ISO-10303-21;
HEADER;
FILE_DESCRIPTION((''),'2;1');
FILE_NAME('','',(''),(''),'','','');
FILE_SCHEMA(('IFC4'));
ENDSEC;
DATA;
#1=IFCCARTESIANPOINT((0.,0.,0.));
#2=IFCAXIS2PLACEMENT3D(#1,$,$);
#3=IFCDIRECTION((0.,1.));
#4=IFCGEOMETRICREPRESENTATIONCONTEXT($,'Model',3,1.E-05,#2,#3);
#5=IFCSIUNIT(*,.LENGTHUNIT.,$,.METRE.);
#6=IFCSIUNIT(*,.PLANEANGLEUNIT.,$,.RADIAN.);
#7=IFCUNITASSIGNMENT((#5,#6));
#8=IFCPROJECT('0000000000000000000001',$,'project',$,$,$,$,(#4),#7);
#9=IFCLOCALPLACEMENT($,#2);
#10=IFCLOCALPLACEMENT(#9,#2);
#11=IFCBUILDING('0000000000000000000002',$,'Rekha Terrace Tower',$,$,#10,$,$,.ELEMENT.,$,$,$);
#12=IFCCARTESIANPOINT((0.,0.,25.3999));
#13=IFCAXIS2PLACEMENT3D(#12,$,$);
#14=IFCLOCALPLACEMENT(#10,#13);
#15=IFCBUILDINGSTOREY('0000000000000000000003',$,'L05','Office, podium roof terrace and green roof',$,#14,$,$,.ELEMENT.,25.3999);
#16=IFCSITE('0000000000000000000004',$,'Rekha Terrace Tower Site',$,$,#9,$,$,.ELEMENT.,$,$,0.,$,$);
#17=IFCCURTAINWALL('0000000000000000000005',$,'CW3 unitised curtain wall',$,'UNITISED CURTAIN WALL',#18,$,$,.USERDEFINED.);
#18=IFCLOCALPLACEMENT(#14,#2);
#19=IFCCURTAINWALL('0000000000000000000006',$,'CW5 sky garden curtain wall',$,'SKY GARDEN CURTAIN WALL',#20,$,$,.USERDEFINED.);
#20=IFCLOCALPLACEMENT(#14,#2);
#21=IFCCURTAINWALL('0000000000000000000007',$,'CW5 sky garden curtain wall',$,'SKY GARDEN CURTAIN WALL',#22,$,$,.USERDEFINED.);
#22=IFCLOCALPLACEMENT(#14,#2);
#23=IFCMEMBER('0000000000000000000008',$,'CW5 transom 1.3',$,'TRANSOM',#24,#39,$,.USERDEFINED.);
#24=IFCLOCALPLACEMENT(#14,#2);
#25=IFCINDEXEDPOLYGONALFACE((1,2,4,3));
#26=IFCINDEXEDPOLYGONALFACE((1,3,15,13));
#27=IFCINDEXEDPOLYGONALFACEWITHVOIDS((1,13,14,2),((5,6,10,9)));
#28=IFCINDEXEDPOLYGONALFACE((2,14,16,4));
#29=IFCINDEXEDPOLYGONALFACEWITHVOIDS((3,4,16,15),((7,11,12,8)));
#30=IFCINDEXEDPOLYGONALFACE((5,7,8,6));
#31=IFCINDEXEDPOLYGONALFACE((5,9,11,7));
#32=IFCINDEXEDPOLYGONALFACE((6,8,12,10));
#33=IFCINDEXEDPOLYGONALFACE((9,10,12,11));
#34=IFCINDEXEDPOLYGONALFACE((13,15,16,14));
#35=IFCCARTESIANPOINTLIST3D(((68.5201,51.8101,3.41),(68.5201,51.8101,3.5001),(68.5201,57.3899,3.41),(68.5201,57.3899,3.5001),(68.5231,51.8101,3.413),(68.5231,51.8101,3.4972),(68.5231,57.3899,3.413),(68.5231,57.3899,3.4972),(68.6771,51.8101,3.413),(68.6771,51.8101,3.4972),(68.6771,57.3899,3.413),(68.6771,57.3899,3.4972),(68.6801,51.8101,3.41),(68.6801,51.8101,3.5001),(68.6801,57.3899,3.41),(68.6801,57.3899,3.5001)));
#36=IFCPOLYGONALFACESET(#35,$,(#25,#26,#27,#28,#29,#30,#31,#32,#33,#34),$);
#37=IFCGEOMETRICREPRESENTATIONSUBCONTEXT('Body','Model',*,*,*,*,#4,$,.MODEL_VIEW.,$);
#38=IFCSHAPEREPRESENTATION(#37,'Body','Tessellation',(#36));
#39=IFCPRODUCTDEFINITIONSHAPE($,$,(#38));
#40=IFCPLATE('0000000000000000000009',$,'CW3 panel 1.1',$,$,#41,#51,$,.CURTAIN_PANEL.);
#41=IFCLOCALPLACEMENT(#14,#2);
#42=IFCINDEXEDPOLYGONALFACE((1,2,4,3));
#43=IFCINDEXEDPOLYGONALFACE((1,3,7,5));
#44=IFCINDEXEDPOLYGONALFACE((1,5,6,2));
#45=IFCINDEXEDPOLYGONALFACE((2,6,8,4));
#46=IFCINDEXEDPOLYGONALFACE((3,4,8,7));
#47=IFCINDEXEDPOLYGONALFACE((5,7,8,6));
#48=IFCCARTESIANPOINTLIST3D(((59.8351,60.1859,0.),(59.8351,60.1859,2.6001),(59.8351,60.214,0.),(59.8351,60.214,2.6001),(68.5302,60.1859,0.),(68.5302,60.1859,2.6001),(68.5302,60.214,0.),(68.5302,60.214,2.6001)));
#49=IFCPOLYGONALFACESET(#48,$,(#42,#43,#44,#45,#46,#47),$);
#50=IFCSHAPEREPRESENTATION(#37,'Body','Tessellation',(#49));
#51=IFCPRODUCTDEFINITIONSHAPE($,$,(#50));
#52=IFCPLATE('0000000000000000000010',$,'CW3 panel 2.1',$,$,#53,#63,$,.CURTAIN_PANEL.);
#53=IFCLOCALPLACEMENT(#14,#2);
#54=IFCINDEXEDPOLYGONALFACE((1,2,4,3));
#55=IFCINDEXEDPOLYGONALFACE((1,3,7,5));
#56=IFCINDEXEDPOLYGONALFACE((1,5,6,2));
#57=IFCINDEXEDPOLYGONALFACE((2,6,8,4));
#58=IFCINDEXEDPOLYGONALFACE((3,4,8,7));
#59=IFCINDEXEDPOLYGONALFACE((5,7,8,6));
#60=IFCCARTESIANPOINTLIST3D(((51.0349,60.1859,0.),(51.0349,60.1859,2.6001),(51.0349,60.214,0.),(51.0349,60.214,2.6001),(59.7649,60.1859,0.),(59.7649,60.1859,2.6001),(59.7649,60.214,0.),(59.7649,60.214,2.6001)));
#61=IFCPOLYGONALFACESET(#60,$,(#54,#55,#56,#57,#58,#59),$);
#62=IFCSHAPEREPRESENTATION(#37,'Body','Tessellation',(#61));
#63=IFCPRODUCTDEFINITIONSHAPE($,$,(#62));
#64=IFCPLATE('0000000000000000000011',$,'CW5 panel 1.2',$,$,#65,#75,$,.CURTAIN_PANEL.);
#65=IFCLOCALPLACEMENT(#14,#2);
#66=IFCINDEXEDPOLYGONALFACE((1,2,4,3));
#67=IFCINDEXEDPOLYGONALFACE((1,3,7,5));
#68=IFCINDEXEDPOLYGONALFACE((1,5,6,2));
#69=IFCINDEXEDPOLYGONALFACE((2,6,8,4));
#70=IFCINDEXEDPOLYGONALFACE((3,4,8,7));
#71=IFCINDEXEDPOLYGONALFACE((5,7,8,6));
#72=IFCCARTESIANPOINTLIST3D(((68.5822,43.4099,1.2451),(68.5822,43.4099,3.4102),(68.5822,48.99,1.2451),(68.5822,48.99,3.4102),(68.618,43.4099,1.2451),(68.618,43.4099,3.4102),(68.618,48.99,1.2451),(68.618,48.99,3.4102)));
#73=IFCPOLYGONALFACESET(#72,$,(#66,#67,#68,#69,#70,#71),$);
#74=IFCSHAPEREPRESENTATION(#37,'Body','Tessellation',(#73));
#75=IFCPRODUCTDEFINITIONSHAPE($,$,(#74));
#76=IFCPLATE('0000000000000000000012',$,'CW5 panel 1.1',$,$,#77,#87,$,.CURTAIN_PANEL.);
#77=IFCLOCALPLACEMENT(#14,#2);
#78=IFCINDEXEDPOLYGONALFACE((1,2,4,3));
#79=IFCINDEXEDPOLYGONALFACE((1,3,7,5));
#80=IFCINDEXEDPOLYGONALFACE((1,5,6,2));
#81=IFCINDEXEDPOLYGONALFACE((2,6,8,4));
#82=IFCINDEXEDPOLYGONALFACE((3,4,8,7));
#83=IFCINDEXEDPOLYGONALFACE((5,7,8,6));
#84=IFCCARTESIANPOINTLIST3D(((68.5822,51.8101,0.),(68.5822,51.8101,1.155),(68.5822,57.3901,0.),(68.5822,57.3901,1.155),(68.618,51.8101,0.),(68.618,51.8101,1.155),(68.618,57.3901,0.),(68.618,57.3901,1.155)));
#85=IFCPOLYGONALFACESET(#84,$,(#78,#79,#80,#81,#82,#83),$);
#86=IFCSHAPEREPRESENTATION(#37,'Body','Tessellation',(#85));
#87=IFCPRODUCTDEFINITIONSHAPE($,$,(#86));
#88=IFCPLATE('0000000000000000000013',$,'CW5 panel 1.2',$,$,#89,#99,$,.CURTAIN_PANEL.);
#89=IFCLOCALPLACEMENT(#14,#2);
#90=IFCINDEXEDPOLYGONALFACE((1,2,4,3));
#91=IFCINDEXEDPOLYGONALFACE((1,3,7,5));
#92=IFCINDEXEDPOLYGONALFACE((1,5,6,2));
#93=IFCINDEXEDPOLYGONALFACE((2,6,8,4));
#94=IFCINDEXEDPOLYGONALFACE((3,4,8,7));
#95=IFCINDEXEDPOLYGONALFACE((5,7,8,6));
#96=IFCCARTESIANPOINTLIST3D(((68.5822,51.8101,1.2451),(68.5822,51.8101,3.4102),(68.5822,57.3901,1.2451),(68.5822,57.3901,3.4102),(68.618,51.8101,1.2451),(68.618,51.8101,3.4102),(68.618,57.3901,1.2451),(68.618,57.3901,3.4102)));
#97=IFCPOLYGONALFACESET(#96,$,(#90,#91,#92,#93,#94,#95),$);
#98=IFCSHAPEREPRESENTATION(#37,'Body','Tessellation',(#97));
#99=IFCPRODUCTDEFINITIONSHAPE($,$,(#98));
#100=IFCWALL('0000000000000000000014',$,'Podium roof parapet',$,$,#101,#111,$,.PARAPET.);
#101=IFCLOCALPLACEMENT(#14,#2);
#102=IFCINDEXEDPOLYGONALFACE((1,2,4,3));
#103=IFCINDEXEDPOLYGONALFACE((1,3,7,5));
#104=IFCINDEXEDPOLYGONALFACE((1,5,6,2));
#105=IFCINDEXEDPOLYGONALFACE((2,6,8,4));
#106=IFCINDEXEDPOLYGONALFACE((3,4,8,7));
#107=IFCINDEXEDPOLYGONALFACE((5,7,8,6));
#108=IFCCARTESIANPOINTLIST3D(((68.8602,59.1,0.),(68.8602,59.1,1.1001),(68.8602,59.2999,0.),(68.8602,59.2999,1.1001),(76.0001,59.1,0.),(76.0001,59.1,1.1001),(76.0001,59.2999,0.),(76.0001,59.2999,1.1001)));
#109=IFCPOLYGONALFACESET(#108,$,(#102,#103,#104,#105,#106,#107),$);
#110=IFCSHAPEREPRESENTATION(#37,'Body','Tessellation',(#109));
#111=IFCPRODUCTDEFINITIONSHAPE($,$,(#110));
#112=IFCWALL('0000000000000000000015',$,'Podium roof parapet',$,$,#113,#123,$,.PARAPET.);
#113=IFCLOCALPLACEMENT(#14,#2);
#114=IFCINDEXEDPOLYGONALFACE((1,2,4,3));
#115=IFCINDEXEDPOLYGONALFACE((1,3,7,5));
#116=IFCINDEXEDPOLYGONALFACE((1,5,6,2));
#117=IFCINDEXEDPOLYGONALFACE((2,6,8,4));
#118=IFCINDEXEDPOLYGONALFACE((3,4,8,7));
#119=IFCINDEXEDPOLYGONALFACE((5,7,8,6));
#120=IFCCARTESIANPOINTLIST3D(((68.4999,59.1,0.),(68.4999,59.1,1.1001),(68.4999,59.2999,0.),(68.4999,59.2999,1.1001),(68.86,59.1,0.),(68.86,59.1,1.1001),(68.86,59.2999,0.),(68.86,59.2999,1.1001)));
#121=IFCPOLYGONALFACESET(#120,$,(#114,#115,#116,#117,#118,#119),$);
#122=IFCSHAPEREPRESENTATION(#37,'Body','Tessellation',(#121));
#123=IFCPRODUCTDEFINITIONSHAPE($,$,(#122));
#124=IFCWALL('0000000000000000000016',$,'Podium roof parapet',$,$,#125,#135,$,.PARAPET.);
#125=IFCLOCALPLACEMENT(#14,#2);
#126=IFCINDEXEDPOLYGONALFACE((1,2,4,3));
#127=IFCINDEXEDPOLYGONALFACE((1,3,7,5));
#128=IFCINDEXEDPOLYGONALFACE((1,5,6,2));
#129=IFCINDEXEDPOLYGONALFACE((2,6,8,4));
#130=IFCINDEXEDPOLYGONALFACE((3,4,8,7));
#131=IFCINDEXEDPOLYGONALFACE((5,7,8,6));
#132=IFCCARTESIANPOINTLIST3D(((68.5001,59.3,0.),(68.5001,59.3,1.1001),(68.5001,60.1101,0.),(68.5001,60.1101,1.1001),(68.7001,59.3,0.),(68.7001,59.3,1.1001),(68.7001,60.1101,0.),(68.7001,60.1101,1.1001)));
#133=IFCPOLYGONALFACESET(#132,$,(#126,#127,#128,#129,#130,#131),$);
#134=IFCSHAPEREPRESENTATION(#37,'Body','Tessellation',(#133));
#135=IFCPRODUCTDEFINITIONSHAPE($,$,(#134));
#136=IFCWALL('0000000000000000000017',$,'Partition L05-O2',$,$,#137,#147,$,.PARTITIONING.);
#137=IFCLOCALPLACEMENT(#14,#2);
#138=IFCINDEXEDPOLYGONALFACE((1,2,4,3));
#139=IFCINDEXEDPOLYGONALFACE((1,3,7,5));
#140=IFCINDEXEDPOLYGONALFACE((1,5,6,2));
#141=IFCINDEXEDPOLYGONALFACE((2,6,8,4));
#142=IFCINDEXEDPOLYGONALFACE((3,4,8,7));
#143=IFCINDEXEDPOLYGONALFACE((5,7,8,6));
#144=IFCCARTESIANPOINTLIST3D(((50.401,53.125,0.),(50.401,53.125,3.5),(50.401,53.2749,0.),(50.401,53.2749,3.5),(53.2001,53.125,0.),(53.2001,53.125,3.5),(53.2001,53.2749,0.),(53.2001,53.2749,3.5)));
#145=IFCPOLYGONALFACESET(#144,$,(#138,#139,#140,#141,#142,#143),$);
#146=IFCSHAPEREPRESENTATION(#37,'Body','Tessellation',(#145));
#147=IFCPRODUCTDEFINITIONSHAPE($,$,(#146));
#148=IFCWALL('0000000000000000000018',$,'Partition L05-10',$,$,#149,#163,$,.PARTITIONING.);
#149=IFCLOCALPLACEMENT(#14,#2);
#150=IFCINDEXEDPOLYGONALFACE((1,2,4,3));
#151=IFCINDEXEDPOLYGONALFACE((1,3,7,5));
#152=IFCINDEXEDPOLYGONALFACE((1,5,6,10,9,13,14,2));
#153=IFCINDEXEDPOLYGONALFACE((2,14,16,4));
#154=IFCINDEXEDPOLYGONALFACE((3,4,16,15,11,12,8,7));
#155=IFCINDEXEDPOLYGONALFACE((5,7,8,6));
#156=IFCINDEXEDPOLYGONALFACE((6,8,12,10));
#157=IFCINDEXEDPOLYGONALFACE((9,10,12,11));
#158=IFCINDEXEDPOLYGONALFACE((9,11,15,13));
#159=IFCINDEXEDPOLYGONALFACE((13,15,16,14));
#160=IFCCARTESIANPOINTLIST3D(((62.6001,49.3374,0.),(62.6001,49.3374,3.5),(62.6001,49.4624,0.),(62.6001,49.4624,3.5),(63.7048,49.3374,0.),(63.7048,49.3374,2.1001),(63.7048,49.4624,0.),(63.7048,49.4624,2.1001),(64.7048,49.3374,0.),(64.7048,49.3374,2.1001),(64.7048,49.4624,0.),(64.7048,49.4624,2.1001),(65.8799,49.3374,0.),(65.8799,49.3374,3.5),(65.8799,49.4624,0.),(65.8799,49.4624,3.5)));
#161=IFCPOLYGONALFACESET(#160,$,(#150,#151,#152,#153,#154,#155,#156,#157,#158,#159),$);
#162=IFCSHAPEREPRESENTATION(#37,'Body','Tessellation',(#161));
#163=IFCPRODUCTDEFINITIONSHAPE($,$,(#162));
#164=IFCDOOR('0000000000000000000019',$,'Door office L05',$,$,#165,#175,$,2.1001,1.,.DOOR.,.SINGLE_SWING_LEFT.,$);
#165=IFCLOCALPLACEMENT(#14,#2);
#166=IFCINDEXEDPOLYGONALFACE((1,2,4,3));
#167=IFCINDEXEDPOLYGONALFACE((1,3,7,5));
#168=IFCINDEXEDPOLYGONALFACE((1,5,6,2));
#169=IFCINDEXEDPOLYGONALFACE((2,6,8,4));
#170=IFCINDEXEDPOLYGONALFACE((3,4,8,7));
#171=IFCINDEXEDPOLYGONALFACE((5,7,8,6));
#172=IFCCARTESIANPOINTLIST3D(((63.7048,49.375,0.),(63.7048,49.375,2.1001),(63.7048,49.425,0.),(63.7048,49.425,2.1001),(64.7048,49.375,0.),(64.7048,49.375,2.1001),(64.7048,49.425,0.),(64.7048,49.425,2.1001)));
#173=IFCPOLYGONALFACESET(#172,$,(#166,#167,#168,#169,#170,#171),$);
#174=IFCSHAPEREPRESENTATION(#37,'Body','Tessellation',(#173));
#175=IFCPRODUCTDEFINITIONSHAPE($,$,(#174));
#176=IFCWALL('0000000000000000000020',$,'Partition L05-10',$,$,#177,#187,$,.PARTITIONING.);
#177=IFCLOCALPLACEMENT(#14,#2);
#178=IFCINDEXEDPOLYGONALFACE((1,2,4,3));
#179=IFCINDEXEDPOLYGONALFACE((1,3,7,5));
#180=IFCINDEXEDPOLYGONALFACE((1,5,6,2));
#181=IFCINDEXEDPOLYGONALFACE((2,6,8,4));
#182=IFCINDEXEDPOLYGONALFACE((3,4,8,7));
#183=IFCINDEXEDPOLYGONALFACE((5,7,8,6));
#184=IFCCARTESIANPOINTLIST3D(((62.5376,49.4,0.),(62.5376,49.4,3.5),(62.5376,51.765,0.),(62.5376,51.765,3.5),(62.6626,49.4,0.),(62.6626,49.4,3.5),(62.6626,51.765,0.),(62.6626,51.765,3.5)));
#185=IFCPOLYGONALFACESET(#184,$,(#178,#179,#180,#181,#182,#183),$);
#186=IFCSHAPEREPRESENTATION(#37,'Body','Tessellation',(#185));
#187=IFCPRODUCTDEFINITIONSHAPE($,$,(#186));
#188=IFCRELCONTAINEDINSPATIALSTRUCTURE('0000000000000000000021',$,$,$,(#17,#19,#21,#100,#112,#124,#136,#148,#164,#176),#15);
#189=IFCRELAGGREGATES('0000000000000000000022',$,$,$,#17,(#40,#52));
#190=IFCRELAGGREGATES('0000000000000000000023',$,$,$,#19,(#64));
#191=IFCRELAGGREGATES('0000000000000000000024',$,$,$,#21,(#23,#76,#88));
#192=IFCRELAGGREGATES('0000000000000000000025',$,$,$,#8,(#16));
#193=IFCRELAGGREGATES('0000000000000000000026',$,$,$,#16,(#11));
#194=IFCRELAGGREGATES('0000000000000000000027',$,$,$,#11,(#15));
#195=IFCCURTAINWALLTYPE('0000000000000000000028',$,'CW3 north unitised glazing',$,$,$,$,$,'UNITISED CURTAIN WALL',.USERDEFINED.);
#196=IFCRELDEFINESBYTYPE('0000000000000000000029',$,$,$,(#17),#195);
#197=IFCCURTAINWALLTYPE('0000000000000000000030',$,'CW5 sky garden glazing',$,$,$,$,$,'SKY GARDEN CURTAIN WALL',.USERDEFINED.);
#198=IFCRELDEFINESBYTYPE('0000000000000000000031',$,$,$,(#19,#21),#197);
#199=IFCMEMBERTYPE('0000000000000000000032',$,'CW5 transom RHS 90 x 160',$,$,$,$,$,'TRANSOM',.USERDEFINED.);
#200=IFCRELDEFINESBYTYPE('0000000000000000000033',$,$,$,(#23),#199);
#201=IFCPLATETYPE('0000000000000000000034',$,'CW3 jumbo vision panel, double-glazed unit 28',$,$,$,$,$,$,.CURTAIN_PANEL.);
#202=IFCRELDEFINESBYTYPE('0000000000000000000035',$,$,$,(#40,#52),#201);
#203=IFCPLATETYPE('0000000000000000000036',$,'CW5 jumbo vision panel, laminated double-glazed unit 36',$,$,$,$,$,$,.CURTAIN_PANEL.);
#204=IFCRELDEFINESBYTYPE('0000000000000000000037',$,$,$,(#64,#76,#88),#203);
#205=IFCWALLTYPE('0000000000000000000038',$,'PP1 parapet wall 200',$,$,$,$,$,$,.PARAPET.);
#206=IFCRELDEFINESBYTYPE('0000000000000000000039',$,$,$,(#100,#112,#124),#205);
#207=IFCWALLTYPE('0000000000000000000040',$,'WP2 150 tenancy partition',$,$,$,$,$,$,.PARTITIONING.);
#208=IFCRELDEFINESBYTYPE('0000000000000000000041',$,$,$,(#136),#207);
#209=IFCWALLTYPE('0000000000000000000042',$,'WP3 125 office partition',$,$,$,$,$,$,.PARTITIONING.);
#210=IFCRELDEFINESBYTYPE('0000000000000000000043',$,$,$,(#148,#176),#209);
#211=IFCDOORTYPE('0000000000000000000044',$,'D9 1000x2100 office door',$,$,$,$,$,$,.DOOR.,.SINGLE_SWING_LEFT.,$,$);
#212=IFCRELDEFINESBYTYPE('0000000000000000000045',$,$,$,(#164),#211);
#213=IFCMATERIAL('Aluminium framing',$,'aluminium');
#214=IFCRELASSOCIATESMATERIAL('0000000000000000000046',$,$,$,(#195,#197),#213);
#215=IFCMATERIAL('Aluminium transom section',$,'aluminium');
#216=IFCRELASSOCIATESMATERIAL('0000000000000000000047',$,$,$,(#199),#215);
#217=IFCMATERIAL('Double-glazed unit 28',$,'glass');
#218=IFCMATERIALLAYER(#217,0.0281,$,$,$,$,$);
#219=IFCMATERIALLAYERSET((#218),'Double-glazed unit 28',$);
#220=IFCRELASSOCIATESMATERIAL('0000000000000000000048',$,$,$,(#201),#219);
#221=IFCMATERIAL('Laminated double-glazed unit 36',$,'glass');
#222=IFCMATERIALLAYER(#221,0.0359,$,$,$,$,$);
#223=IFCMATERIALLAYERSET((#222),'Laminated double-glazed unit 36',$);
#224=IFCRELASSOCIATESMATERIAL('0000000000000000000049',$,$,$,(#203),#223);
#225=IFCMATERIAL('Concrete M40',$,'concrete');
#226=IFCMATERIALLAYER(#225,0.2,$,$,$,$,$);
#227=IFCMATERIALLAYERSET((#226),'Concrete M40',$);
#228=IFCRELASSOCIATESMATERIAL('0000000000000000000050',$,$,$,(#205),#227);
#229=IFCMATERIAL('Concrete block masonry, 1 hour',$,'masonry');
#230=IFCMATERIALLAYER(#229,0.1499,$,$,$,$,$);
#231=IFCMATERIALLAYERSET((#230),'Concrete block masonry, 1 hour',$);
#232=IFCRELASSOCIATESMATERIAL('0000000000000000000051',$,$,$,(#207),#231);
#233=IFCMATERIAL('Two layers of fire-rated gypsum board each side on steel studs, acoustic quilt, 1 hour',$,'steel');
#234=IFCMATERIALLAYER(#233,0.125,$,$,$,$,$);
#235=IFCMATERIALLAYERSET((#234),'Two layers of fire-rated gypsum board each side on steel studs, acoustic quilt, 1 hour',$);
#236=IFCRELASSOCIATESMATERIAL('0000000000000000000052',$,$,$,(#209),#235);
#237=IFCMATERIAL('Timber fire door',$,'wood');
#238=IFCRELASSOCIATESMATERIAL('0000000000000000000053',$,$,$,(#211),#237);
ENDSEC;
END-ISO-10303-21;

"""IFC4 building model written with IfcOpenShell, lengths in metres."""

from ifc_helpers import new_model, si_unit, direction, frame, frame_2d, origin, origin_2d, place, context, subcontext, project, spatial, rectangle, hollow_rectangle, extrude, material, layer, layer_set, material_profile, profile_set, type_object, element, fill, aggregate, save


model = new_model("IFC4")

# Units and contexts
model_context = context("Model", 3, precision=1e-05, world=origin(), true_north=direction((0.0, 1.0)))
body_context = subcontext(model_context, "Body", "Model", "MODEL_VIEW")
ifc_project = project(units=[si_unit("LENGTHUNIT", "METRE"), si_unit("PLANEANGLEUNIT", "RADIAN")], contexts=[model_context])

# Site, building, storey
site_placement = place(None, origin())
site = spatial("IfcSite", under=ifc_project, at=site_placement, Name="Rekha Terrace Tower Site", CompositionType="ELEMENT", RefElevation=0.0)
building_placement = place(site_placement, origin())
building = spatial("IfcBuilding", under=site, at=building_placement, Name="Rekha Terrace Tower", CompositionType="ELEMENT")
storey_placement = place(building_placement, frame((0.0, 0.0, 25.3999)))
storey = spatial("IfcBuildingStorey", under=building, at=storey_placement, Name="L05", Description="Office, podium roof terrace and green roof", CompositionType="ELEMENT", Elevation=25.3999)

# Curtain wall
ifc_material_1 = material(Name="Aluminium framing", Category="aluminium")
curtain_wall_type_1 = type_object("IfcCurtainWallType", Name="CW3 north unitised glazing", ElementType="UNITISED CURTAIN WALL", PredefinedType="USERDEFINED", material=ifc_material_1)
curtain_wall_1_placement = place(storey_placement, origin())
curtain_wall_1 = element("IfcCurtainWall", 1, at=curtain_wall_1_placement, inside=storey, type_object=curtain_wall_type_1, Name="CW3 unitised curtain wall", ObjectType="UNITISED CURTAIN WALL", PredefinedType="USERDEFINED")

# Curtain wall
curtain_wall_type_2 = type_object("IfcCurtainWallType", Name="CW5 sky garden glazing", ElementType="SKY GARDEN CURTAIN WALL", PredefinedType="USERDEFINED", material=ifc_material_1)
curtain_wall_2_placement = place(storey_placement, origin())
curtain_wall_2 = element("IfcCurtainWall", 2, at=curtain_wall_2_placement, inside=storey, type_object=curtain_wall_type_2, Name="CW5 sky garden curtain wall", ObjectType="SKY GARDEN CURTAIN WALL", PredefinedType="USERDEFINED")

# Curtain wall, member
curtain_wall_3_placement = place(storey_placement, origin())
curtain_wall_3 = element("IfcCurtainWall", 3, at=curtain_wall_3_placement, inside=storey, type_object=curtain_wall_type_2, Name="CW5 sky garden curtain wall", ObjectType="SKY GARDEN CURTAIN WALL", PredefinedType="USERDEFINED")
ifc_material_2 = material(Name="Aluminium transom section", Category="aluminium")
ifc_material_profile_1 = material_profile(ifc_material_2, hollow_rectangle(XDim=0.1599, YDim=0.0901, WallThickness=0.0029, at=origin_2d()), Name="AL RHS 160x90")
ifc_profile_set_1 = profile_set([ifc_material_profile_1], Name="Aluminium transom section")
member_type_1 = type_object("IfcMemberType", Name="CW5 transom RHS 90 x 160", ElementType="TRANSOM", PredefinedType="USERDEFINED", material=ifc_profile_set_1)
member_1_placement = place(storey_placement, frame((68.6001, 51.8101, 3.4551), z_axis=(0.0, 1.0, 0.0), x_axis=(-1.0, 0.0, 0.0)))
member_1 = element("IfcMember", 4, at=member_1_placement, type_object=member_type_1, Name="CW5 transom 1.3", ObjectType="TRANSOM", PredefinedType="USERDEFINED", context=body_context, shape_type="SweptSolid", body=[
    extrude(hollow_rectangle(XDim=0.1599, YDim=0.0901, WallThickness=0.0029, at=origin_2d()), origin(), (0.0, 0.0, 1.0), 5.5798),
])

# Plates
ifc_material_3 = material(Name="Double-glazed unit 28", Category="glass")
ifc_layer_1 = layer(ifc_material_3, 0.0281)
ifc_layer_set_1 = layer_set([ifc_layer_1], Name="Double-glazed unit 28")
plate_type_1 = type_object("IfcPlateType", Name="CW3 jumbo vision panel, double-glazed unit 28", PredefinedType="CURTAIN_PANEL", material=ifc_layer_set_1)
plate_1_placement = place(storey_placement, frame((64.1826, 60.2, 0.0), z_axis=(0.0, 0.0, 1.0), x_axis=(-1.0, 0.0, 0.0)))
plate_1 = element("IfcPlate", 5, at=plate_1_placement, type_object=plate_type_1, Name="CW3 panel 1.1", PredefinedType="CURTAIN_PANEL", context=body_context, shape_type="SweptSolid", body=[
    extrude(rectangle(XDim=8.6951, YDim=0.0281, at=origin_2d()), origin(), (0.0, 0.0, 1.0), 2.6001),
])
plate_2_placement = place(storey_placement, frame((55.3999, 60.2, 0.0), z_axis=(0.0, 0.0, 1.0), x_axis=(-1.0, 0.0, 0.0)))
plate_2 = element("IfcPlate", 6, at=plate_2_placement, type_object=plate_type_1, Name="CW3 panel 2.1", PredefinedType="CURTAIN_PANEL", context=body_context, shape_type="SweptSolid", body=[
    extrude(rectangle(XDim=8.73, YDim=0.0281, at=origin_2d()), origin(), (0.0, 0.0, 1.0), 2.6001),
])
aggregate(curtain_wall_1, [plate_1, plate_2])
ifc_material_4 = material(Name="Laminated double-glazed unit 36", Category="glass")
ifc_layer_2 = layer(ifc_material_4, 0.0359)
ifc_layer_set_2 = layer_set([ifc_layer_2], Name="Laminated double-glazed unit 36")
plate_type_2 = type_object("IfcPlateType", Name="CW5 jumbo vision panel, laminated double-glazed unit 36", PredefinedType="CURTAIN_PANEL", material=ifc_layer_set_2)
plate_3_placement = place(storey_placement, frame((68.6001, 46.2, 1.2451), z_axis=(0.0, 0.0, 1.0), x_axis=(0.0, 1.0, 0.0)))
plate_3 = element("IfcPlate", 7, at=plate_3_placement, type_object=plate_type_2, Name="CW5 panel 1.2", PredefinedType="CURTAIN_PANEL", context=body_context, shape_type="SweptSolid", body=[
    extrude(rectangle(XDim=5.5801, YDim=0.0359, at=origin_2d()), origin(), (0.0, 0.0, 1.0), 2.165),
])
aggregate(curtain_wall_2, [plate_3])
plate_4_placement = place(storey_placement, frame((68.6001, 54.6001, 0.0), z_axis=(0.0, 0.0, 1.0), x_axis=(0.0, 1.0, 0.0)))
plate_4 = element("IfcPlate", 8, at=plate_4_placement, type_object=plate_type_2, Name="CW5 panel 1.1", PredefinedType="CURTAIN_PANEL", context=body_context, shape_type="SweptSolid", body=[
    extrude(rectangle(XDim=5.5801, YDim=0.0359, at=origin_2d()), origin(), (0.0, 0.0, 1.0), 1.155),
])
plate_5_placement = place(storey_placement, frame((68.6001, 54.6001, 1.2451), z_axis=(0.0, 0.0, 1.0), x_axis=(0.0, 1.0, 0.0)))
plate_5 = element("IfcPlate", 9, at=plate_5_placement, type_object=plate_type_2, Name="CW5 panel 1.2", PredefinedType="CURTAIN_PANEL", context=body_context, shape_type="SweptSolid", body=[
    extrude(rectangle(XDim=5.5801, YDim=0.0359, at=origin_2d()), origin(), (0.0, 0.0, 1.0), 2.165),
])
aggregate(curtain_wall_3, [member_1, plate_4, plate_5])

# Walls
ifc_material_5 = material(Name="Concrete M40", Category="concrete")
ifc_layer_3 = layer(ifc_material_5, 0.2)
ifc_layer_set_3 = layer_set([ifc_layer_3], Name="Concrete M40")
wall_type_1 = type_object("IfcWallType", Name="PP1 parapet wall 200", PredefinedType="PARAPET", material=ifc_layer_set_3)
wall_1_placement = place(storey_placement, frame((76.0, 59.2, 0.0), z_axis=(0.0, 0.0, 1.0), x_axis=(-1.0, 0.0, 0.0)))
element("IfcWall", 10, at=wall_1_placement, inside=storey, type_object=wall_type_1, Name="Podium roof parapet", PredefinedType="PARAPET", context=body_context, shape_type="SweptSolid", body=[
    extrude(rectangle(XDim=7.1399, YDim=0.2, at=frame_2d((3.5698, 0.0))), origin(), (0.0, 0.0, 1.0), 1.1001),
])
wall_2_placement = place(storey_placement, frame((68.8601, 59.2, 0.0), z_axis=(0.0, 0.0, 1.0), x_axis=(-1.0, 0.0, 0.0)))
element("IfcWall", 11, at=wall_2_placement, inside=storey, type_object=wall_type_1, Name="Podium roof parapet", PredefinedType="PARAPET", context=body_context, shape_type="SweptSolid", body=[
    extrude(rectangle(XDim=0.3601, YDim=0.2, at=frame_2d((0.1802, 0.0))), origin(), (0.0, 0.0, 1.0), 1.1001),
])
wall_3_placement = place(storey_placement, frame((68.6001, 59.3, 0.0), z_axis=(0.0, 0.0, 1.0), x_axis=(0.0, 1.0, 0.0)))
element("IfcWall", 12, at=wall_3_placement, inside=storey, type_object=wall_type_1, Name="Podium roof parapet", PredefinedType="PARAPET", context=body_context, shape_type="SweptSolid", body=[
    extrude(rectangle(XDim=0.8101, YDim=0.2, at=frame_2d((0.405, 0.0))), origin(), (0.0, 0.0, 1.0), 1.1001),
])
ifc_material_6 = material(Name="Concrete block masonry, 1 hour", Category="masonry")
ifc_layer_4 = layer(ifc_material_6, 0.1499)
ifc_layer_set_4 = layer_set([ifc_layer_4], Name="Concrete block masonry, 1 hour")
wall_type_2 = type_object("IfcWallType", Name="WP2 150 tenancy partition", PredefinedType="PARTITIONING", material=ifc_layer_set_4)
wall_4_placement = place(storey_placement, frame((53.2, 53.2, 0.0), z_axis=(0.0, 0.0, 1.0), x_axis=(-1.0, 0.0, 0.0)))
element("IfcWall", 13, at=wall_4_placement, inside=storey, type_object=wall_type_2, Name="Partition L05-O2", PredefinedType="PARTITIONING", context=body_context, shape_type="SweptSolid", body=[
    extrude(rectangle(XDim=2.7991, YDim=0.1499, at=frame_2d((1.3994, 0.0))), origin(), (0.0, 0.0, 1.0), 3.5),
])

# Wall, opening, door
ifc_material_7 = material(Name="Two layers of fire-rated gypsum board each side on steel studs, acoustic quilt, 1 hour", Category="steel")
ifc_layer_5 = layer(ifc_material_7, 0.125)
ifc_layer_set_5 = layer_set([ifc_layer_5], Name="Two layers of fire-rated gypsum board each side on steel studs, acoustic quilt, 1 hour")
wall_type_3 = type_object("IfcWallType", Name="WP3 125 office partition", PredefinedType="PARTITIONING", material=ifc_layer_set_5)
wall_5_placement = place(storey_placement, frame((65.8799, 49.3999, 0.0), z_axis=(0.0, 0.0, 1.0), x_axis=(-1.0, 0.0, 0.0)))
wall_5 = element("IfcWall", 14, at=wall_5_placement, inside=storey, type_object=wall_type_3, Name="Partition L05-10", PredefinedType="PARTITIONING", context=body_context, shape_type="SweptSolid", body=[
    extrude(rectangle(XDim=3.2798, YDim=0.125, at=frame_2d((1.6399, 0.0))), origin(), (0.0, 0.0, 1.0), 3.5),
])
opening_1_placement = place(wall_5_placement, frame((1.175, 0.0, 0.0)))
opening_1 = element("IfcOpeningElement", 15, at=opening_1_placement, cuts=wall_5, PredefinedType="OPENING", context=body_context, shape_type="SweptSolid", body=[
    extrude(rectangle(XDim=1.0, YDim=2.1001, at=frame_2d((0.5, 1.05))), frame((0.0, 0.0725, 0.0), z_axis=(0.0, -1.0, 0.0), x_axis=(1.0, 0.0, 0.0)), (0.0, 0.0, 1.0), 0.145),
])
ifc_material_8 = material(Name="Timber fire door", Category="wood")
door_type_1 = type_object("IfcDoorType", Name="D9 1000x2100 office door", OperationType="SINGLE_SWING_LEFT", PredefinedType="DOOR", material=ifc_material_8)
door_1_placement = place(opening_1_placement, origin())
door_1 = element("IfcDoor", 16, at=door_1_placement, inside=storey, type_object=door_type_1, Name="Door office L05", OperationType="SINGLE_SWING_LEFT", OverallHeight=2.1001, OverallWidth=1.0, PredefinedType="DOOR", context=body_context, shape_type="SweptSolid", body=[
    extrude(rectangle(XDim=1.0, YDim=2.1001, at=frame_2d((0.5, 1.05))), frame((0.0, 0.0249, 0.0), z_axis=(0.0, -1.0, 0.0), x_axis=(1.0, 0.0, 0.0)), (0.0, 0.0, 1.0), 0.05),
])
fill(opening_1, door_1)

# Wall
wall_6_placement = place(storey_placement, frame((62.6001, 49.3999, 0.0), z_axis=(0.0, 0.0, 1.0), x_axis=(0.0, 1.0, 0.0)))
element("IfcWall", 17, at=wall_6_placement, inside=storey, type_object=wall_type_3, Name="Partition L05-10", PredefinedType="PARTITIONING", context=body_context, shape_type="SweptSolid", body=[
    extrude(rectangle(XDim=2.365, YDim=0.125, at=frame_2d((1.1826, 0.0))), origin(), (0.0, 0.0, 1.0), 3.5),
])

save(model, "model.ifc")
